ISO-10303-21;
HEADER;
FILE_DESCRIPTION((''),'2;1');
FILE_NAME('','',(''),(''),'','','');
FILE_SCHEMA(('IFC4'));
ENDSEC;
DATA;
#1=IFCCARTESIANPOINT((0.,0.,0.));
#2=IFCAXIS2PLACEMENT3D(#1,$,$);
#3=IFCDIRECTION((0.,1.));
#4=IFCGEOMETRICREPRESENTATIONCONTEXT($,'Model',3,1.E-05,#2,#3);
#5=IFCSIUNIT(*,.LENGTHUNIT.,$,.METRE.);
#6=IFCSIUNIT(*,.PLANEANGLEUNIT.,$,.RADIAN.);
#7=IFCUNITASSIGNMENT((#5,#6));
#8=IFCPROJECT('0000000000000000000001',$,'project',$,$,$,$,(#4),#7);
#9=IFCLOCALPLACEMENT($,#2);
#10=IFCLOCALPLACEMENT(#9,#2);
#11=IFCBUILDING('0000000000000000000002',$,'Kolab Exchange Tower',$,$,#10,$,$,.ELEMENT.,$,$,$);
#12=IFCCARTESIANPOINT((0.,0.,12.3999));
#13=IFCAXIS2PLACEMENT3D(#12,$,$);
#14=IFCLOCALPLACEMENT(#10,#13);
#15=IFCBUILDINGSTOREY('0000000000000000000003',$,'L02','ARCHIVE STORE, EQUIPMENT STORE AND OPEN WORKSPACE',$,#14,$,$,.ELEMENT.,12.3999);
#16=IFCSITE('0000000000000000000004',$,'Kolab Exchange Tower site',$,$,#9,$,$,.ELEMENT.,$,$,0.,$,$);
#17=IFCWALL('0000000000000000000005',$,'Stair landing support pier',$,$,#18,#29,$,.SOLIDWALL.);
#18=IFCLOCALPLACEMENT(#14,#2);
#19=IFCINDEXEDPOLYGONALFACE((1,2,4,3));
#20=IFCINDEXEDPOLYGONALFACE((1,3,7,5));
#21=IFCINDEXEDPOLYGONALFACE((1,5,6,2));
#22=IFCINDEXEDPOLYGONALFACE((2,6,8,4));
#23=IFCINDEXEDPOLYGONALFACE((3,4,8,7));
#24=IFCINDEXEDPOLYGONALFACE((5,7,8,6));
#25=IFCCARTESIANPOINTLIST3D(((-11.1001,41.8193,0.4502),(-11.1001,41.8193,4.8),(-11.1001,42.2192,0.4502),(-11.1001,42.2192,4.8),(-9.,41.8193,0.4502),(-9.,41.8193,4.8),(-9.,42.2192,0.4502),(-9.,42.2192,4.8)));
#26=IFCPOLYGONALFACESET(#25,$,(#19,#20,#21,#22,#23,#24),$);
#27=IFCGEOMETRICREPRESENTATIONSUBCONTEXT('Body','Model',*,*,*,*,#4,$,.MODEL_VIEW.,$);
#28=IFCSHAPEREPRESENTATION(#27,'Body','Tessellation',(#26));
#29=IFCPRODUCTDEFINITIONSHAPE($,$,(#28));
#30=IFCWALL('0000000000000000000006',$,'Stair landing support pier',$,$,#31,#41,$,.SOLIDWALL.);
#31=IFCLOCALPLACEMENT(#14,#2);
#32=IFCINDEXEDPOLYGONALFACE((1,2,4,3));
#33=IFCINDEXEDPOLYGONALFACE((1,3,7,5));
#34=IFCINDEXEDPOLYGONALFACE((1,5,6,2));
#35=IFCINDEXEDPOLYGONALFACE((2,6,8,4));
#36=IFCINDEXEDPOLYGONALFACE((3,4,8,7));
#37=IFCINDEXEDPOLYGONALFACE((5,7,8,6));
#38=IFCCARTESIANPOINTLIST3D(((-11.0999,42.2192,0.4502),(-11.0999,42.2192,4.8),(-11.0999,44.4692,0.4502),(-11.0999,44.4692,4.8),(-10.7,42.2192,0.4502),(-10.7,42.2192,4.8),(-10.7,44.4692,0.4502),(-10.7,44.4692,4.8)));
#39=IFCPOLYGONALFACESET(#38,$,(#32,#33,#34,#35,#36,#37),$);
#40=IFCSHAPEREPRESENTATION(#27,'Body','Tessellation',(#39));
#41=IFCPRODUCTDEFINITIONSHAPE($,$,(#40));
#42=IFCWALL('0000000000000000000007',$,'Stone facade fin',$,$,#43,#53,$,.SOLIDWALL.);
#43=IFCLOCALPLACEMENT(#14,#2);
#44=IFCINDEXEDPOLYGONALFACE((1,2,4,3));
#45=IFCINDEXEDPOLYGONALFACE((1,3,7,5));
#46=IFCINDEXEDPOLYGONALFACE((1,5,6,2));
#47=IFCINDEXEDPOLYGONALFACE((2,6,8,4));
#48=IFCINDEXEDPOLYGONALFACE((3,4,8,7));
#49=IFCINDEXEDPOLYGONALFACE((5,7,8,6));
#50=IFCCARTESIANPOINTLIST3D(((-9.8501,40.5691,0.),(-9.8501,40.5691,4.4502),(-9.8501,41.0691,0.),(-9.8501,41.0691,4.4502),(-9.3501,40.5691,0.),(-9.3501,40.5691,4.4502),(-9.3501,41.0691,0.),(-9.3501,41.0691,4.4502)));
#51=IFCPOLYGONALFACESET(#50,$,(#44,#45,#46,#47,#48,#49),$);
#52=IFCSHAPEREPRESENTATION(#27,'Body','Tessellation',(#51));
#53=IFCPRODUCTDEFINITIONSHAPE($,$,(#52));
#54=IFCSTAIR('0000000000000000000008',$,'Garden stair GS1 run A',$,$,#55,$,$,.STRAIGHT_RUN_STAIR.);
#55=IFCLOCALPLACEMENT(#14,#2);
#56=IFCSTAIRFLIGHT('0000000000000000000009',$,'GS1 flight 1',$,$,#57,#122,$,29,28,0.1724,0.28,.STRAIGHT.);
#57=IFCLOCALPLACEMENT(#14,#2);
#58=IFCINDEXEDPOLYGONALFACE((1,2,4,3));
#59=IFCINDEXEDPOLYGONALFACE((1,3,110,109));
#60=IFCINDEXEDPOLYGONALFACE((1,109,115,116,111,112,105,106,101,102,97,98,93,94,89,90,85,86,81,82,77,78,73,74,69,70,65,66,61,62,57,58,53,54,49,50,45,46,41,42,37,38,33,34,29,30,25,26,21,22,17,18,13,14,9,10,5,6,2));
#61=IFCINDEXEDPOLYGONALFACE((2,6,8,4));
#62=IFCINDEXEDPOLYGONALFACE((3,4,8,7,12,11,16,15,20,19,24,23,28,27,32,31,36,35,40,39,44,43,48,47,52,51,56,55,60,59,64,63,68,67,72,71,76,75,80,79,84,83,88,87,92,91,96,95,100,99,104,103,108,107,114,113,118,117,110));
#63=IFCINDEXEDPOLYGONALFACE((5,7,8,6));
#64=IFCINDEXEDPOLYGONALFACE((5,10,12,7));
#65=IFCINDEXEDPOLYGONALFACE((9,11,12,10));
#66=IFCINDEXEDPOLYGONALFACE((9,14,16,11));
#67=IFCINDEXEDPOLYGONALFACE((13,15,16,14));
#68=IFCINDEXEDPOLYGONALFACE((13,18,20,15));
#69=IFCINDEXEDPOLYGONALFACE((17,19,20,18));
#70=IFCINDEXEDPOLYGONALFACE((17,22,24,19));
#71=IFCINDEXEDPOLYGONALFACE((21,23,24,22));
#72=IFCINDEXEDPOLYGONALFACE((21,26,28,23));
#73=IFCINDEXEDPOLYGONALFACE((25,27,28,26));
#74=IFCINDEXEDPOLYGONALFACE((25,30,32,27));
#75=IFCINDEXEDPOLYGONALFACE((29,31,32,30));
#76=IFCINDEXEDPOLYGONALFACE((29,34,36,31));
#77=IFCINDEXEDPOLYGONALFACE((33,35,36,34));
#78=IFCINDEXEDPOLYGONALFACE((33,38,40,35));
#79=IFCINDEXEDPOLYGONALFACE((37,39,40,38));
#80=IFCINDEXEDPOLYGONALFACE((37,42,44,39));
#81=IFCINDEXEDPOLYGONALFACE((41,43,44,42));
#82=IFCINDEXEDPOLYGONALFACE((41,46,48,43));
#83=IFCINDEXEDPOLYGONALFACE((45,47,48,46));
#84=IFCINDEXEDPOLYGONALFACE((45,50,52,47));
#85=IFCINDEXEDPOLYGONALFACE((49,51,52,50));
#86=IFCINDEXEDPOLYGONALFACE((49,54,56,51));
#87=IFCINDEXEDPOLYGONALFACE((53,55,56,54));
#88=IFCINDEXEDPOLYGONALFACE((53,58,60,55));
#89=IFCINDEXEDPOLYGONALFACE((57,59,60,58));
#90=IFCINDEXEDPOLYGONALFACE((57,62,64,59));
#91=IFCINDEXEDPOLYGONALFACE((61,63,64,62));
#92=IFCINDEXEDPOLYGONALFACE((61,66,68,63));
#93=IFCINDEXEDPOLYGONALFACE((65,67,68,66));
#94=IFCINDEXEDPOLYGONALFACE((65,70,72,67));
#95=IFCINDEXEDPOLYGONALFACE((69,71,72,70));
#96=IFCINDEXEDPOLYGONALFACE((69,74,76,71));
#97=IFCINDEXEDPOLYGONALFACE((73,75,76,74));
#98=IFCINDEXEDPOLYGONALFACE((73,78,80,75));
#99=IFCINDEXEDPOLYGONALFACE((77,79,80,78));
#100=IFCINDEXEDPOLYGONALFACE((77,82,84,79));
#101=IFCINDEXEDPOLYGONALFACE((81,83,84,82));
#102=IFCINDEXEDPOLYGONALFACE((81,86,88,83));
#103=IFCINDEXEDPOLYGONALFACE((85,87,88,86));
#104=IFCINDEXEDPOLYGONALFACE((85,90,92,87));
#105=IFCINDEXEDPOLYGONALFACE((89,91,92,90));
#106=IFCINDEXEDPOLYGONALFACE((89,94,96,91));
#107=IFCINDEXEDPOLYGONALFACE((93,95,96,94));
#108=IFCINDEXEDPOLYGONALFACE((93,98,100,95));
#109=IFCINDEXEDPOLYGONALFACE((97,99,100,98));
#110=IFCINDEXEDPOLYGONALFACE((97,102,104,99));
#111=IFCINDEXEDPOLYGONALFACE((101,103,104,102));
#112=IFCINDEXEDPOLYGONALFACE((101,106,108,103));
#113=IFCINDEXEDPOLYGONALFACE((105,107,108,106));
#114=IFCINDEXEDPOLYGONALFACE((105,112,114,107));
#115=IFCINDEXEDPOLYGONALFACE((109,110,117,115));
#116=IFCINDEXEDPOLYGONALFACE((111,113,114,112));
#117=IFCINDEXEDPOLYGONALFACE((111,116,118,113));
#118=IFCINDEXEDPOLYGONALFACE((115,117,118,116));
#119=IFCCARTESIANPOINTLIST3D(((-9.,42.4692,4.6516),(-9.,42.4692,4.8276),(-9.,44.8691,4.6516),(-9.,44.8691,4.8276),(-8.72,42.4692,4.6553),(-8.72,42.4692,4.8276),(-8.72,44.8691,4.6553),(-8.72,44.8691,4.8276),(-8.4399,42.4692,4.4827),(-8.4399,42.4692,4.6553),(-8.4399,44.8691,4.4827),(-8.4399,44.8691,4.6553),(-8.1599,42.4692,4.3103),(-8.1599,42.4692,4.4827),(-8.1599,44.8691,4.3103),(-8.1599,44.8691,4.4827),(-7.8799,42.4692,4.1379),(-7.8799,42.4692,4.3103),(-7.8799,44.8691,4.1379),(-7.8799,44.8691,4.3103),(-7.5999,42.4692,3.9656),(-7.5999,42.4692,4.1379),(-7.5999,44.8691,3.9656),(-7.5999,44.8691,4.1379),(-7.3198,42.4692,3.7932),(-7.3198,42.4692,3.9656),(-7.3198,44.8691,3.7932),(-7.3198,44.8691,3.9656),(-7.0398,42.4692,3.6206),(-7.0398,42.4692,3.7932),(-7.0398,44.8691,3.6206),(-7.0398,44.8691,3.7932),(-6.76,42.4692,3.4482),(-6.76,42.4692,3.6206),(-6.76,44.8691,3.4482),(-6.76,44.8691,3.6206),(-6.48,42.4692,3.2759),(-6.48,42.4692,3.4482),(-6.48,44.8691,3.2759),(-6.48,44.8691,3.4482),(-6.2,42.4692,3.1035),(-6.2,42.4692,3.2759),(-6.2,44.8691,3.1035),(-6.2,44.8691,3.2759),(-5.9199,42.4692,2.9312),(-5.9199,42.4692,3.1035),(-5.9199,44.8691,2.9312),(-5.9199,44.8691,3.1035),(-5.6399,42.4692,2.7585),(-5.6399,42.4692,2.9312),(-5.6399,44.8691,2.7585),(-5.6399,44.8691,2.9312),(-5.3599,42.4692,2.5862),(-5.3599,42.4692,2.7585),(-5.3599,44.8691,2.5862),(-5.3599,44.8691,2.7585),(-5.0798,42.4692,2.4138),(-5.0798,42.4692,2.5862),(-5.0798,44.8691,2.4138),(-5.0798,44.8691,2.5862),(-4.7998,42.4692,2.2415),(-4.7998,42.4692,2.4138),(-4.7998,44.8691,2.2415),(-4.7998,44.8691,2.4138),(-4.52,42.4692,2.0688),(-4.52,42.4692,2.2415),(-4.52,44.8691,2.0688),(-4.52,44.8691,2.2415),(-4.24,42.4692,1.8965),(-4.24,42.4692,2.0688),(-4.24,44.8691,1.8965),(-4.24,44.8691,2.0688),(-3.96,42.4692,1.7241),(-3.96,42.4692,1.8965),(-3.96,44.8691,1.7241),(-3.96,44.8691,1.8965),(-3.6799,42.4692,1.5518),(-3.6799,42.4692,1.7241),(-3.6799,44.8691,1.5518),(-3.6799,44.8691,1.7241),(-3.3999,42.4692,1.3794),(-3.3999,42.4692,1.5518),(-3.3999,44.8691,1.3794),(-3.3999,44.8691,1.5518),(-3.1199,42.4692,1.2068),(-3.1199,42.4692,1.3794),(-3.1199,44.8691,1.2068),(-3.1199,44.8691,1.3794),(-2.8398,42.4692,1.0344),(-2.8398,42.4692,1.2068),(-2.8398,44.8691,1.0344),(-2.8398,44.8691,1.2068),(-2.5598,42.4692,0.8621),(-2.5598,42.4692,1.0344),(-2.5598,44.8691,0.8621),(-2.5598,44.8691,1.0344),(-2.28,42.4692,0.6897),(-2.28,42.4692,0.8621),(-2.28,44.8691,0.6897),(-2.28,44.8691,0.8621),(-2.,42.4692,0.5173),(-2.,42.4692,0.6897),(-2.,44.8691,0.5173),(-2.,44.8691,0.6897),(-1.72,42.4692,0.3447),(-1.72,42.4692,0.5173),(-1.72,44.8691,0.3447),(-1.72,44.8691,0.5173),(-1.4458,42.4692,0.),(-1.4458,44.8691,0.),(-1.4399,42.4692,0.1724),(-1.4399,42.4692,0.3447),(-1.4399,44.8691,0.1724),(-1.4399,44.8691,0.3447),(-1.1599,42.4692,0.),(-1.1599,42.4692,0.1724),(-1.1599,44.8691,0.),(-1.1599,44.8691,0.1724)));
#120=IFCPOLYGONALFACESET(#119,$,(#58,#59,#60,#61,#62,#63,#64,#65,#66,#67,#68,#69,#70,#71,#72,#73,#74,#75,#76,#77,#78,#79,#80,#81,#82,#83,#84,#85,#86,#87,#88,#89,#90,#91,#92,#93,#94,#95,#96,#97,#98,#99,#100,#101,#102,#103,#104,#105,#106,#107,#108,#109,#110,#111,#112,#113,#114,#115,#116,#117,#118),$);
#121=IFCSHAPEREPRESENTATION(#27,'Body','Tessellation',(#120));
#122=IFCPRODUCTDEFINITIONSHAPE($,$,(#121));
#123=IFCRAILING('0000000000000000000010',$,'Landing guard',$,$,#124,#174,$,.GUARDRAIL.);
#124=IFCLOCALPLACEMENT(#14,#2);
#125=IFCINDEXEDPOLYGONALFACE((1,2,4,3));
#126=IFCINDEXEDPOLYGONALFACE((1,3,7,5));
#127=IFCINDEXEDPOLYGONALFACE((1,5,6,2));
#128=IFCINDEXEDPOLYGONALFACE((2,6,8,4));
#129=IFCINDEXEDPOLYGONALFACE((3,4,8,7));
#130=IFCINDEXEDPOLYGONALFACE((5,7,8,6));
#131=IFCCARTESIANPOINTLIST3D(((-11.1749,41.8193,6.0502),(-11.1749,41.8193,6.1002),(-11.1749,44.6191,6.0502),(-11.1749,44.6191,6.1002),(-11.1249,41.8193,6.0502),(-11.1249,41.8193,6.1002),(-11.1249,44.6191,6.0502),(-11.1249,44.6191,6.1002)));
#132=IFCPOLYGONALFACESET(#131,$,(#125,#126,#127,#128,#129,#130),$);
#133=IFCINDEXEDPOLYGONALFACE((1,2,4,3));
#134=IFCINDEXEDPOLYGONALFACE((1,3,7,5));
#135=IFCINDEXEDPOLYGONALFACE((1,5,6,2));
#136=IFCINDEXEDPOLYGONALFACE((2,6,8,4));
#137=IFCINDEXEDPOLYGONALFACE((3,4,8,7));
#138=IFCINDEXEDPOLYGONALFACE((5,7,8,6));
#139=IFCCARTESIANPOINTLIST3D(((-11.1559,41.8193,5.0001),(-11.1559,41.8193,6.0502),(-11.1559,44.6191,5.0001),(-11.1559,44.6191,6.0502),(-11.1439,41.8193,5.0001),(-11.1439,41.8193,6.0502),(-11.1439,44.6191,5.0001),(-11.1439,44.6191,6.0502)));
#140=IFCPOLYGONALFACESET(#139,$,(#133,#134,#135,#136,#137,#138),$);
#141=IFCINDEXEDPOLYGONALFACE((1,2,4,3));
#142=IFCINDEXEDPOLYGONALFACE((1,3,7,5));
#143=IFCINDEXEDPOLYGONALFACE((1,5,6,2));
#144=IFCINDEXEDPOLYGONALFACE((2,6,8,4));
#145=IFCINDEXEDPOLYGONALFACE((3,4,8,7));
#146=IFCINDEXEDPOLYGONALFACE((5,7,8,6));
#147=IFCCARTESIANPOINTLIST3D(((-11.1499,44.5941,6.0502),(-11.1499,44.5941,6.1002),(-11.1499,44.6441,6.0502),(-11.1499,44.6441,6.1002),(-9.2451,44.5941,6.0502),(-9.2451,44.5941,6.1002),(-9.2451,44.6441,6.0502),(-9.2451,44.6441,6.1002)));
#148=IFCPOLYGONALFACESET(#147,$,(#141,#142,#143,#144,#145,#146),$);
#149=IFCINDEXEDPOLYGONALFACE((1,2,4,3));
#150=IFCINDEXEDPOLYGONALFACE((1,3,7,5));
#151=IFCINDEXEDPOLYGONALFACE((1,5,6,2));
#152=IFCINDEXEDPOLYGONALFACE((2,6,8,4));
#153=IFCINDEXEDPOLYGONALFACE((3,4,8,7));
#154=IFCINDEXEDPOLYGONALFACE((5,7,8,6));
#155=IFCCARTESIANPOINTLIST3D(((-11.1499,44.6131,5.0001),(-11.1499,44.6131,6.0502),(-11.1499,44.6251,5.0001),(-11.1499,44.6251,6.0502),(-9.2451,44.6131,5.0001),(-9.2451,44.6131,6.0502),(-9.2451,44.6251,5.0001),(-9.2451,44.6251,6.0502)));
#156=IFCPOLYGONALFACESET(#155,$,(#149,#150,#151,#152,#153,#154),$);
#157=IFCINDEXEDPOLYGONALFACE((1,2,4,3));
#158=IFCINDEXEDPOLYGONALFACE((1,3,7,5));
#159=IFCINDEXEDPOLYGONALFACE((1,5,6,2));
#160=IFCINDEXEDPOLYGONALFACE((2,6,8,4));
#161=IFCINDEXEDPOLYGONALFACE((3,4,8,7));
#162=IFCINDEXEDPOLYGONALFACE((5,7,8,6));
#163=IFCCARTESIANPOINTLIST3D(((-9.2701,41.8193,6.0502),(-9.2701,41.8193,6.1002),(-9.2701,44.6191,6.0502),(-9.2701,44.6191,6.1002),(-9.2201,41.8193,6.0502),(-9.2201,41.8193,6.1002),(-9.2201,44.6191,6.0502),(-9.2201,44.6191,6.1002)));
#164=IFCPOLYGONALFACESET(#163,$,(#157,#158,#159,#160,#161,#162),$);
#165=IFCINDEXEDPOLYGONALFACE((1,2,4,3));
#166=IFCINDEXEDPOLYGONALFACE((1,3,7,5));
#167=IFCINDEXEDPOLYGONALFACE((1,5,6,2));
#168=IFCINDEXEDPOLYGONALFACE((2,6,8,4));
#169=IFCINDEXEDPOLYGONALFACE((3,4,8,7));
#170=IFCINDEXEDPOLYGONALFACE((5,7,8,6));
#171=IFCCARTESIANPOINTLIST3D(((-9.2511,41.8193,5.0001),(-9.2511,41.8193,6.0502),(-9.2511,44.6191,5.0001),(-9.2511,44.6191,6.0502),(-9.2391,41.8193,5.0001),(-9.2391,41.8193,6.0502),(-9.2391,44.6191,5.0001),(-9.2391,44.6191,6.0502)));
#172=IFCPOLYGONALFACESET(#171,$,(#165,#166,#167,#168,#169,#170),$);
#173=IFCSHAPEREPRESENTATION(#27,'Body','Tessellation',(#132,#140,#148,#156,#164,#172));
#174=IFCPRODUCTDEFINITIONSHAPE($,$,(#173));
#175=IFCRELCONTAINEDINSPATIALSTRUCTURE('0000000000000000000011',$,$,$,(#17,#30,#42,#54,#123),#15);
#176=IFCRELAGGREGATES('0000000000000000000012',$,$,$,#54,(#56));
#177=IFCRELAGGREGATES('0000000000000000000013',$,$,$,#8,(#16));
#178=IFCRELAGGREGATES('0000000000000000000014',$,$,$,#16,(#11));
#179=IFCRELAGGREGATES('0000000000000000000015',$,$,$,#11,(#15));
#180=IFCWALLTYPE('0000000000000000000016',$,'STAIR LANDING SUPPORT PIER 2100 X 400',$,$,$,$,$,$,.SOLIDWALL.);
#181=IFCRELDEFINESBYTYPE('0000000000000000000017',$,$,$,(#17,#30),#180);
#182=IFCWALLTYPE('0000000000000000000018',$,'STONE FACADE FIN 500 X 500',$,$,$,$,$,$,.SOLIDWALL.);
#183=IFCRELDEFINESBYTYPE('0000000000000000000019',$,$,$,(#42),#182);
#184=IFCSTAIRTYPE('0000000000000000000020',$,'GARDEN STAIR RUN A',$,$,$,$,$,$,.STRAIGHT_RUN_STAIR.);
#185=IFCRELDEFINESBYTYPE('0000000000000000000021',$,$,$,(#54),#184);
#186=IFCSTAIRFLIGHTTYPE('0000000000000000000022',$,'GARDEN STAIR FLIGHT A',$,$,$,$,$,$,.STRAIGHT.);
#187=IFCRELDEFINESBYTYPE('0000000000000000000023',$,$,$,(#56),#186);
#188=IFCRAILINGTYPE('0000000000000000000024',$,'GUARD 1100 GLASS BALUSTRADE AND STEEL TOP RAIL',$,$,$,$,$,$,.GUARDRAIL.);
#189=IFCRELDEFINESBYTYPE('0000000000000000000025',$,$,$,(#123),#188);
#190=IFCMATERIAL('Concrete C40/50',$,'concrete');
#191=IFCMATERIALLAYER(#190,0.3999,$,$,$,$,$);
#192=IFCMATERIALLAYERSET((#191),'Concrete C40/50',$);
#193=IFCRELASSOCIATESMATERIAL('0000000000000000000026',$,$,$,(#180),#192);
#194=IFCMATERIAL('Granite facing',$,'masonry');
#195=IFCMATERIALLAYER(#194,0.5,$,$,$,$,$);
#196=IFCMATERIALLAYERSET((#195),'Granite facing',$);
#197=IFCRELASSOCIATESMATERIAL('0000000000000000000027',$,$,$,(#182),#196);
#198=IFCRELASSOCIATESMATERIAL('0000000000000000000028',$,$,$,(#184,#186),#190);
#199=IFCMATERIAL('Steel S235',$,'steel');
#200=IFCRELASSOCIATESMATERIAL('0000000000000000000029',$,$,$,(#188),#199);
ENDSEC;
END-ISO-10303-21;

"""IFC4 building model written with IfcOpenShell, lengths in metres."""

from ifc_helpers import new_model, si_unit, direction, frame, frame_2d, origin, origin_2d, place, context, subcontext, project, spatial, polyline, rectangle, outline, extrude, material, layer, layer_set, type_object, element, aggregate, save


model = new_model("IFC4")

# Units and contexts
model_context = context("Model", 3, precision=1e-05, world=origin(), true_north=direction((0.0, 1.0)))
body_context = subcontext(model_context, "Body", "Model", "MODEL_VIEW")
ifc_project = project(units=[si_unit("LENGTHUNIT", "METRE"), si_unit("PLANEANGLEUNIT", "RADIAN")], contexts=[model_context])

# Site, building, storey
site_placement = place(None, origin())
site = spatial("IfcSite", under=ifc_project, at=site_placement, Name="Kolab Exchange Tower site", CompositionType="ELEMENT", RefElevation=0.0)
building_placement = place(site_placement, origin())
building = spatial("IfcBuilding", under=site, at=building_placement, Name="Kolab Exchange Tower", CompositionType="ELEMENT")
storey_placement = place(building_placement, frame((0.0, 0.0, 12.3999)))
storey = spatial("IfcBuildingStorey", under=building, at=storey_placement, Name="L02", Description="ARCHIVE STORE, EQUIPMENT STORE AND OPEN WORKSPACE", CompositionType="ELEMENT", Elevation=12.3999)

# Walls
ifc_material_1 = material(Name="Granite facing", Category="masonry")
ifc_material_2 = material(Name="Concrete C40/50", Category="concrete")
ifc_layer_1 = layer(ifc_material_2, 0.3999)
ifc_layer_set_1 = layer_set([ifc_layer_1], Name="Concrete C40/50")
wall_type_1 = type_object("IfcWallType", Name="STAIR LANDING SUPPORT PIER 2100 X 400", PredefinedType="SOLIDWALL", material=ifc_layer_set_1)
for number, where, z_axis, x_axis, name in (
    (1, (-11.1001, 42.0193, 0.4502), (0.0, 0.0, 1.0), (1.0, 0.0, 0.0), "Stair landing support pier"),
):
    element("IfcWall", number, at=place(storey_placement, frame(where, z_axis=z_axis, x_axis=x_axis)), inside=storey, type_object=wall_type_1, Name=name, PredefinedType="SOLIDWALL", context=body_context, shape_type="SweptSolid", body=[
        extrude(rectangle(XDim=2.1001, YDim=0.3999, at=frame_2d((1.05, 0.0))), origin(), (0.0, 0.0, 1.0), 4.3499),
    ])
wall_1_placement = place(storey_placement, frame((-10.8999, 42.2192, 0.4502), z_axis=(0.0, 0.0, 1.0), x_axis=(0.0, 1.0, 0.0)))
element("IfcWall", 2, at=wall_1_placement, inside=storey, type_object=wall_type_1, Name="Stair landing support pier", PredefinedType="SOLIDWALL", context=body_context, shape_type="SweptSolid", body=[
    extrude(rectangle(XDim=2.25, YDim=0.3999, at=frame_2d((1.125, 0.0))), origin(), (0.0, 0.0, 1.0), 4.3499),
])
ifc_layer_2 = layer(ifc_material_1, 0.5)
ifc_layer_set_2 = layer_set([ifc_layer_2], Name="Granite facing")
wall_type_2 = type_object("IfcWallType", Name="STONE FACADE FIN 500 X 500", PredefinedType="SOLIDWALL", material=ifc_layer_set_2)
wall_2_placement = place(storey_placement, frame((-9.8501, 40.8191, 0.0), z_axis=(0.0, 0.0, 1.0), x_axis=(1.0, 0.0, 0.0)))
element("IfcWall", 3, at=wall_2_placement, inside=storey, type_object=wall_type_2, Name="Stone facade fin", PredefinedType="SOLIDWALL", context=body_context, shape_type="SweptSolid", body=[
    extrude(rectangle(XDim=0.5, YDim=0.5, at=frame_2d((0.25, 0.0))), origin(), (0.0, 0.0, 1.0), 4.4502),
])

# Stair, stair flight
stair_type = type_object("IfcStairType", Name="GARDEN STAIR RUN A", PredefinedType="STRAIGHT_RUN_STAIR", material=ifc_material_2)
stair_placement = place(storey_placement, origin())
stair = element("IfcStair", 4, at=stair_placement, inside=storey, type_object=stair_type, Name="Garden stair GS1 run A", PredefinedType="STRAIGHT_RUN_STAIR")
stair_flight_type = type_object("IfcStairFlightType", Name="GARDEN STAIR FLIGHT A", PredefinedType="STRAIGHT", material=ifc_material_2)
stair_flight_placement = place(storey_placement, frame((-1.1599, 43.6692, 0.0), z_axis=(0.0, 0.0, 1.0), x_axis=(-1.0, 0.0, 0.0)))
stair_flight = element("IfcStairFlight", 5, at=stair_flight_placement, type_object=stair_flight_type, Name="GS1 flight 1", NumberOfRisers=29, NumberOfTreads=28, PredefinedType="STRAIGHT", RiserHeight=0.1724, TreadLength=0.28, context=body_context, shape_type="SweptSolid", body=[
    extrude(outline(polyline([(0.0, 0.0), (0.0, 0.1724), (0.28, 0.1724), (0.28, 0.3447), (0.5601, 0.3447), (0.5601, 0.5173), (0.8401, 0.5173), (0.8401, 0.6897), (1.1201, 0.6897), (1.1201, 0.8621), (1.3999, 0.8621), (1.3999, 1.0344), (1.6799, 1.0344), (1.6799, 1.2068), (1.96, 1.2068), (1.96, 1.3794), (2.24, 1.3794), (2.24, 1.5518), (2.52, 1.5518), (2.52, 1.7241), (2.8, 1.7241), (2.8, 1.8965), (3.0801, 1.8965), (3.0801, 2.0688), (3.3601, 2.0688), (3.3601, 2.2415), (3.6399, 2.2415), (3.6399, 2.4138), (3.9199, 2.4138), (3.9199, 2.5862), (4.2, 2.5862), (4.2, 2.7585), (4.48, 2.7585), (4.48, 2.9312), (4.76, 2.9312), (4.76, 3.1035), (5.04, 3.1035), (5.04, 3.2759), (5.3201, 3.2759), (5.3201, 3.4482), (5.6001, 3.4482), (5.6001, 3.6206), (5.8799, 3.6206), (5.8799, 3.7932), (6.1599, 3.7932), (6.1599, 3.9656), (6.4399, 3.9656), (6.4399, 4.1379), (6.72, 4.1379), (6.72, 4.3103), (7.0, 4.3103), (7.0, 4.4827), (7.28, 4.4827), (7.28, 4.6553), (7.5601, 4.6553), (7.5601, 4.8276), (7.8401, 4.8276), (7.8401, 5.0), (7.8401, 4.6516), (0.2859, 0.0), (0.0, 0.0)])), frame((0.0, 1.2, 0.0), z_axis=(0.0, -1.0, 0.0), x_axis=(1.0, 0.0, 0.0)), (0.0, 0.0, 1.0), 2.3999),
])
aggregate(stair, [stair_flight])

# Railing
ifc_material_3 = material(Name="Steel S235", Category="steel")
railing_type = type_object("IfcRailingType", Name="GUARD 1100 GLASS BALUSTRADE AND STEEL TOP RAIL", PredefinedType="GUARDRAIL", material=ifc_material_3)
railing_placement = place(storey_placement, frame((-11.1499, 41.8193, 5.0)))
element("IfcRailing", 6, at=railing_placement, inside=storey, type_object=railing_type, Name="Landing guard", PredefinedType="GUARDRAIL", context=body_context, shape_type="SweptSolid", body=[
    extrude(rectangle(XDim=0.05, YDim=0.05, at=origin_2d()), frame((0.0, 0.0, 1.0752), z_axis=(0.0, 1.0, 0.0), x_axis=(-1.0, 0.0, 0.0)), (0.0, 0.0, 1.0), 2.7998),
    extrude(rectangle(XDim=0.012, YDim=1.0501, at=frame_2d((0.0, 0.5251))), frame((0.0, 0.0, 0.0), z_axis=(0.0, 1.0, 0.0), x_axis=(-1.0, 0.0, 0.0)), (0.0, 0.0, 1.0), 2.7998),
    extrude(rectangle(XDim=0.05, YDim=0.05, at=origin_2d()), frame((0.0, 2.7998, 1.0752), z_axis=(1.0, 0.0, 0.0), x_axis=(0.0, 1.0, 0.0)), (0.0, 0.0, 1.0), 1.9048),
    extrude(rectangle(XDim=0.012, YDim=1.0501, at=frame_2d((0.0, 0.5251))), frame((0.0, 2.7998, 0.0), z_axis=(1.0, 0.0, 0.0), x_axis=(0.0, 1.0, 0.0)), (0.0, 0.0, 1.0), 1.9048),
    extrude(rectangle(XDim=0.05, YDim=0.05, at=origin_2d()), frame((1.9048, 2.7998, 1.0752), z_axis=(0.0, -1.0, 0.0), x_axis=(1.0, 0.0, 0.0)), (0.0, 0.0, 1.0), 2.7998),
    extrude(rectangle(XDim=0.012, YDim=1.0501, at=frame_2d((0.0, 0.5251))), frame((1.9048, 2.7998, 0.0), z_axis=(0.0, -1.0, 0.0), x_axis=(1.0, 0.0, 0.0)), (0.0, 0.0, 1.0), 2.7998),
])

save(model, "model.ifc")
